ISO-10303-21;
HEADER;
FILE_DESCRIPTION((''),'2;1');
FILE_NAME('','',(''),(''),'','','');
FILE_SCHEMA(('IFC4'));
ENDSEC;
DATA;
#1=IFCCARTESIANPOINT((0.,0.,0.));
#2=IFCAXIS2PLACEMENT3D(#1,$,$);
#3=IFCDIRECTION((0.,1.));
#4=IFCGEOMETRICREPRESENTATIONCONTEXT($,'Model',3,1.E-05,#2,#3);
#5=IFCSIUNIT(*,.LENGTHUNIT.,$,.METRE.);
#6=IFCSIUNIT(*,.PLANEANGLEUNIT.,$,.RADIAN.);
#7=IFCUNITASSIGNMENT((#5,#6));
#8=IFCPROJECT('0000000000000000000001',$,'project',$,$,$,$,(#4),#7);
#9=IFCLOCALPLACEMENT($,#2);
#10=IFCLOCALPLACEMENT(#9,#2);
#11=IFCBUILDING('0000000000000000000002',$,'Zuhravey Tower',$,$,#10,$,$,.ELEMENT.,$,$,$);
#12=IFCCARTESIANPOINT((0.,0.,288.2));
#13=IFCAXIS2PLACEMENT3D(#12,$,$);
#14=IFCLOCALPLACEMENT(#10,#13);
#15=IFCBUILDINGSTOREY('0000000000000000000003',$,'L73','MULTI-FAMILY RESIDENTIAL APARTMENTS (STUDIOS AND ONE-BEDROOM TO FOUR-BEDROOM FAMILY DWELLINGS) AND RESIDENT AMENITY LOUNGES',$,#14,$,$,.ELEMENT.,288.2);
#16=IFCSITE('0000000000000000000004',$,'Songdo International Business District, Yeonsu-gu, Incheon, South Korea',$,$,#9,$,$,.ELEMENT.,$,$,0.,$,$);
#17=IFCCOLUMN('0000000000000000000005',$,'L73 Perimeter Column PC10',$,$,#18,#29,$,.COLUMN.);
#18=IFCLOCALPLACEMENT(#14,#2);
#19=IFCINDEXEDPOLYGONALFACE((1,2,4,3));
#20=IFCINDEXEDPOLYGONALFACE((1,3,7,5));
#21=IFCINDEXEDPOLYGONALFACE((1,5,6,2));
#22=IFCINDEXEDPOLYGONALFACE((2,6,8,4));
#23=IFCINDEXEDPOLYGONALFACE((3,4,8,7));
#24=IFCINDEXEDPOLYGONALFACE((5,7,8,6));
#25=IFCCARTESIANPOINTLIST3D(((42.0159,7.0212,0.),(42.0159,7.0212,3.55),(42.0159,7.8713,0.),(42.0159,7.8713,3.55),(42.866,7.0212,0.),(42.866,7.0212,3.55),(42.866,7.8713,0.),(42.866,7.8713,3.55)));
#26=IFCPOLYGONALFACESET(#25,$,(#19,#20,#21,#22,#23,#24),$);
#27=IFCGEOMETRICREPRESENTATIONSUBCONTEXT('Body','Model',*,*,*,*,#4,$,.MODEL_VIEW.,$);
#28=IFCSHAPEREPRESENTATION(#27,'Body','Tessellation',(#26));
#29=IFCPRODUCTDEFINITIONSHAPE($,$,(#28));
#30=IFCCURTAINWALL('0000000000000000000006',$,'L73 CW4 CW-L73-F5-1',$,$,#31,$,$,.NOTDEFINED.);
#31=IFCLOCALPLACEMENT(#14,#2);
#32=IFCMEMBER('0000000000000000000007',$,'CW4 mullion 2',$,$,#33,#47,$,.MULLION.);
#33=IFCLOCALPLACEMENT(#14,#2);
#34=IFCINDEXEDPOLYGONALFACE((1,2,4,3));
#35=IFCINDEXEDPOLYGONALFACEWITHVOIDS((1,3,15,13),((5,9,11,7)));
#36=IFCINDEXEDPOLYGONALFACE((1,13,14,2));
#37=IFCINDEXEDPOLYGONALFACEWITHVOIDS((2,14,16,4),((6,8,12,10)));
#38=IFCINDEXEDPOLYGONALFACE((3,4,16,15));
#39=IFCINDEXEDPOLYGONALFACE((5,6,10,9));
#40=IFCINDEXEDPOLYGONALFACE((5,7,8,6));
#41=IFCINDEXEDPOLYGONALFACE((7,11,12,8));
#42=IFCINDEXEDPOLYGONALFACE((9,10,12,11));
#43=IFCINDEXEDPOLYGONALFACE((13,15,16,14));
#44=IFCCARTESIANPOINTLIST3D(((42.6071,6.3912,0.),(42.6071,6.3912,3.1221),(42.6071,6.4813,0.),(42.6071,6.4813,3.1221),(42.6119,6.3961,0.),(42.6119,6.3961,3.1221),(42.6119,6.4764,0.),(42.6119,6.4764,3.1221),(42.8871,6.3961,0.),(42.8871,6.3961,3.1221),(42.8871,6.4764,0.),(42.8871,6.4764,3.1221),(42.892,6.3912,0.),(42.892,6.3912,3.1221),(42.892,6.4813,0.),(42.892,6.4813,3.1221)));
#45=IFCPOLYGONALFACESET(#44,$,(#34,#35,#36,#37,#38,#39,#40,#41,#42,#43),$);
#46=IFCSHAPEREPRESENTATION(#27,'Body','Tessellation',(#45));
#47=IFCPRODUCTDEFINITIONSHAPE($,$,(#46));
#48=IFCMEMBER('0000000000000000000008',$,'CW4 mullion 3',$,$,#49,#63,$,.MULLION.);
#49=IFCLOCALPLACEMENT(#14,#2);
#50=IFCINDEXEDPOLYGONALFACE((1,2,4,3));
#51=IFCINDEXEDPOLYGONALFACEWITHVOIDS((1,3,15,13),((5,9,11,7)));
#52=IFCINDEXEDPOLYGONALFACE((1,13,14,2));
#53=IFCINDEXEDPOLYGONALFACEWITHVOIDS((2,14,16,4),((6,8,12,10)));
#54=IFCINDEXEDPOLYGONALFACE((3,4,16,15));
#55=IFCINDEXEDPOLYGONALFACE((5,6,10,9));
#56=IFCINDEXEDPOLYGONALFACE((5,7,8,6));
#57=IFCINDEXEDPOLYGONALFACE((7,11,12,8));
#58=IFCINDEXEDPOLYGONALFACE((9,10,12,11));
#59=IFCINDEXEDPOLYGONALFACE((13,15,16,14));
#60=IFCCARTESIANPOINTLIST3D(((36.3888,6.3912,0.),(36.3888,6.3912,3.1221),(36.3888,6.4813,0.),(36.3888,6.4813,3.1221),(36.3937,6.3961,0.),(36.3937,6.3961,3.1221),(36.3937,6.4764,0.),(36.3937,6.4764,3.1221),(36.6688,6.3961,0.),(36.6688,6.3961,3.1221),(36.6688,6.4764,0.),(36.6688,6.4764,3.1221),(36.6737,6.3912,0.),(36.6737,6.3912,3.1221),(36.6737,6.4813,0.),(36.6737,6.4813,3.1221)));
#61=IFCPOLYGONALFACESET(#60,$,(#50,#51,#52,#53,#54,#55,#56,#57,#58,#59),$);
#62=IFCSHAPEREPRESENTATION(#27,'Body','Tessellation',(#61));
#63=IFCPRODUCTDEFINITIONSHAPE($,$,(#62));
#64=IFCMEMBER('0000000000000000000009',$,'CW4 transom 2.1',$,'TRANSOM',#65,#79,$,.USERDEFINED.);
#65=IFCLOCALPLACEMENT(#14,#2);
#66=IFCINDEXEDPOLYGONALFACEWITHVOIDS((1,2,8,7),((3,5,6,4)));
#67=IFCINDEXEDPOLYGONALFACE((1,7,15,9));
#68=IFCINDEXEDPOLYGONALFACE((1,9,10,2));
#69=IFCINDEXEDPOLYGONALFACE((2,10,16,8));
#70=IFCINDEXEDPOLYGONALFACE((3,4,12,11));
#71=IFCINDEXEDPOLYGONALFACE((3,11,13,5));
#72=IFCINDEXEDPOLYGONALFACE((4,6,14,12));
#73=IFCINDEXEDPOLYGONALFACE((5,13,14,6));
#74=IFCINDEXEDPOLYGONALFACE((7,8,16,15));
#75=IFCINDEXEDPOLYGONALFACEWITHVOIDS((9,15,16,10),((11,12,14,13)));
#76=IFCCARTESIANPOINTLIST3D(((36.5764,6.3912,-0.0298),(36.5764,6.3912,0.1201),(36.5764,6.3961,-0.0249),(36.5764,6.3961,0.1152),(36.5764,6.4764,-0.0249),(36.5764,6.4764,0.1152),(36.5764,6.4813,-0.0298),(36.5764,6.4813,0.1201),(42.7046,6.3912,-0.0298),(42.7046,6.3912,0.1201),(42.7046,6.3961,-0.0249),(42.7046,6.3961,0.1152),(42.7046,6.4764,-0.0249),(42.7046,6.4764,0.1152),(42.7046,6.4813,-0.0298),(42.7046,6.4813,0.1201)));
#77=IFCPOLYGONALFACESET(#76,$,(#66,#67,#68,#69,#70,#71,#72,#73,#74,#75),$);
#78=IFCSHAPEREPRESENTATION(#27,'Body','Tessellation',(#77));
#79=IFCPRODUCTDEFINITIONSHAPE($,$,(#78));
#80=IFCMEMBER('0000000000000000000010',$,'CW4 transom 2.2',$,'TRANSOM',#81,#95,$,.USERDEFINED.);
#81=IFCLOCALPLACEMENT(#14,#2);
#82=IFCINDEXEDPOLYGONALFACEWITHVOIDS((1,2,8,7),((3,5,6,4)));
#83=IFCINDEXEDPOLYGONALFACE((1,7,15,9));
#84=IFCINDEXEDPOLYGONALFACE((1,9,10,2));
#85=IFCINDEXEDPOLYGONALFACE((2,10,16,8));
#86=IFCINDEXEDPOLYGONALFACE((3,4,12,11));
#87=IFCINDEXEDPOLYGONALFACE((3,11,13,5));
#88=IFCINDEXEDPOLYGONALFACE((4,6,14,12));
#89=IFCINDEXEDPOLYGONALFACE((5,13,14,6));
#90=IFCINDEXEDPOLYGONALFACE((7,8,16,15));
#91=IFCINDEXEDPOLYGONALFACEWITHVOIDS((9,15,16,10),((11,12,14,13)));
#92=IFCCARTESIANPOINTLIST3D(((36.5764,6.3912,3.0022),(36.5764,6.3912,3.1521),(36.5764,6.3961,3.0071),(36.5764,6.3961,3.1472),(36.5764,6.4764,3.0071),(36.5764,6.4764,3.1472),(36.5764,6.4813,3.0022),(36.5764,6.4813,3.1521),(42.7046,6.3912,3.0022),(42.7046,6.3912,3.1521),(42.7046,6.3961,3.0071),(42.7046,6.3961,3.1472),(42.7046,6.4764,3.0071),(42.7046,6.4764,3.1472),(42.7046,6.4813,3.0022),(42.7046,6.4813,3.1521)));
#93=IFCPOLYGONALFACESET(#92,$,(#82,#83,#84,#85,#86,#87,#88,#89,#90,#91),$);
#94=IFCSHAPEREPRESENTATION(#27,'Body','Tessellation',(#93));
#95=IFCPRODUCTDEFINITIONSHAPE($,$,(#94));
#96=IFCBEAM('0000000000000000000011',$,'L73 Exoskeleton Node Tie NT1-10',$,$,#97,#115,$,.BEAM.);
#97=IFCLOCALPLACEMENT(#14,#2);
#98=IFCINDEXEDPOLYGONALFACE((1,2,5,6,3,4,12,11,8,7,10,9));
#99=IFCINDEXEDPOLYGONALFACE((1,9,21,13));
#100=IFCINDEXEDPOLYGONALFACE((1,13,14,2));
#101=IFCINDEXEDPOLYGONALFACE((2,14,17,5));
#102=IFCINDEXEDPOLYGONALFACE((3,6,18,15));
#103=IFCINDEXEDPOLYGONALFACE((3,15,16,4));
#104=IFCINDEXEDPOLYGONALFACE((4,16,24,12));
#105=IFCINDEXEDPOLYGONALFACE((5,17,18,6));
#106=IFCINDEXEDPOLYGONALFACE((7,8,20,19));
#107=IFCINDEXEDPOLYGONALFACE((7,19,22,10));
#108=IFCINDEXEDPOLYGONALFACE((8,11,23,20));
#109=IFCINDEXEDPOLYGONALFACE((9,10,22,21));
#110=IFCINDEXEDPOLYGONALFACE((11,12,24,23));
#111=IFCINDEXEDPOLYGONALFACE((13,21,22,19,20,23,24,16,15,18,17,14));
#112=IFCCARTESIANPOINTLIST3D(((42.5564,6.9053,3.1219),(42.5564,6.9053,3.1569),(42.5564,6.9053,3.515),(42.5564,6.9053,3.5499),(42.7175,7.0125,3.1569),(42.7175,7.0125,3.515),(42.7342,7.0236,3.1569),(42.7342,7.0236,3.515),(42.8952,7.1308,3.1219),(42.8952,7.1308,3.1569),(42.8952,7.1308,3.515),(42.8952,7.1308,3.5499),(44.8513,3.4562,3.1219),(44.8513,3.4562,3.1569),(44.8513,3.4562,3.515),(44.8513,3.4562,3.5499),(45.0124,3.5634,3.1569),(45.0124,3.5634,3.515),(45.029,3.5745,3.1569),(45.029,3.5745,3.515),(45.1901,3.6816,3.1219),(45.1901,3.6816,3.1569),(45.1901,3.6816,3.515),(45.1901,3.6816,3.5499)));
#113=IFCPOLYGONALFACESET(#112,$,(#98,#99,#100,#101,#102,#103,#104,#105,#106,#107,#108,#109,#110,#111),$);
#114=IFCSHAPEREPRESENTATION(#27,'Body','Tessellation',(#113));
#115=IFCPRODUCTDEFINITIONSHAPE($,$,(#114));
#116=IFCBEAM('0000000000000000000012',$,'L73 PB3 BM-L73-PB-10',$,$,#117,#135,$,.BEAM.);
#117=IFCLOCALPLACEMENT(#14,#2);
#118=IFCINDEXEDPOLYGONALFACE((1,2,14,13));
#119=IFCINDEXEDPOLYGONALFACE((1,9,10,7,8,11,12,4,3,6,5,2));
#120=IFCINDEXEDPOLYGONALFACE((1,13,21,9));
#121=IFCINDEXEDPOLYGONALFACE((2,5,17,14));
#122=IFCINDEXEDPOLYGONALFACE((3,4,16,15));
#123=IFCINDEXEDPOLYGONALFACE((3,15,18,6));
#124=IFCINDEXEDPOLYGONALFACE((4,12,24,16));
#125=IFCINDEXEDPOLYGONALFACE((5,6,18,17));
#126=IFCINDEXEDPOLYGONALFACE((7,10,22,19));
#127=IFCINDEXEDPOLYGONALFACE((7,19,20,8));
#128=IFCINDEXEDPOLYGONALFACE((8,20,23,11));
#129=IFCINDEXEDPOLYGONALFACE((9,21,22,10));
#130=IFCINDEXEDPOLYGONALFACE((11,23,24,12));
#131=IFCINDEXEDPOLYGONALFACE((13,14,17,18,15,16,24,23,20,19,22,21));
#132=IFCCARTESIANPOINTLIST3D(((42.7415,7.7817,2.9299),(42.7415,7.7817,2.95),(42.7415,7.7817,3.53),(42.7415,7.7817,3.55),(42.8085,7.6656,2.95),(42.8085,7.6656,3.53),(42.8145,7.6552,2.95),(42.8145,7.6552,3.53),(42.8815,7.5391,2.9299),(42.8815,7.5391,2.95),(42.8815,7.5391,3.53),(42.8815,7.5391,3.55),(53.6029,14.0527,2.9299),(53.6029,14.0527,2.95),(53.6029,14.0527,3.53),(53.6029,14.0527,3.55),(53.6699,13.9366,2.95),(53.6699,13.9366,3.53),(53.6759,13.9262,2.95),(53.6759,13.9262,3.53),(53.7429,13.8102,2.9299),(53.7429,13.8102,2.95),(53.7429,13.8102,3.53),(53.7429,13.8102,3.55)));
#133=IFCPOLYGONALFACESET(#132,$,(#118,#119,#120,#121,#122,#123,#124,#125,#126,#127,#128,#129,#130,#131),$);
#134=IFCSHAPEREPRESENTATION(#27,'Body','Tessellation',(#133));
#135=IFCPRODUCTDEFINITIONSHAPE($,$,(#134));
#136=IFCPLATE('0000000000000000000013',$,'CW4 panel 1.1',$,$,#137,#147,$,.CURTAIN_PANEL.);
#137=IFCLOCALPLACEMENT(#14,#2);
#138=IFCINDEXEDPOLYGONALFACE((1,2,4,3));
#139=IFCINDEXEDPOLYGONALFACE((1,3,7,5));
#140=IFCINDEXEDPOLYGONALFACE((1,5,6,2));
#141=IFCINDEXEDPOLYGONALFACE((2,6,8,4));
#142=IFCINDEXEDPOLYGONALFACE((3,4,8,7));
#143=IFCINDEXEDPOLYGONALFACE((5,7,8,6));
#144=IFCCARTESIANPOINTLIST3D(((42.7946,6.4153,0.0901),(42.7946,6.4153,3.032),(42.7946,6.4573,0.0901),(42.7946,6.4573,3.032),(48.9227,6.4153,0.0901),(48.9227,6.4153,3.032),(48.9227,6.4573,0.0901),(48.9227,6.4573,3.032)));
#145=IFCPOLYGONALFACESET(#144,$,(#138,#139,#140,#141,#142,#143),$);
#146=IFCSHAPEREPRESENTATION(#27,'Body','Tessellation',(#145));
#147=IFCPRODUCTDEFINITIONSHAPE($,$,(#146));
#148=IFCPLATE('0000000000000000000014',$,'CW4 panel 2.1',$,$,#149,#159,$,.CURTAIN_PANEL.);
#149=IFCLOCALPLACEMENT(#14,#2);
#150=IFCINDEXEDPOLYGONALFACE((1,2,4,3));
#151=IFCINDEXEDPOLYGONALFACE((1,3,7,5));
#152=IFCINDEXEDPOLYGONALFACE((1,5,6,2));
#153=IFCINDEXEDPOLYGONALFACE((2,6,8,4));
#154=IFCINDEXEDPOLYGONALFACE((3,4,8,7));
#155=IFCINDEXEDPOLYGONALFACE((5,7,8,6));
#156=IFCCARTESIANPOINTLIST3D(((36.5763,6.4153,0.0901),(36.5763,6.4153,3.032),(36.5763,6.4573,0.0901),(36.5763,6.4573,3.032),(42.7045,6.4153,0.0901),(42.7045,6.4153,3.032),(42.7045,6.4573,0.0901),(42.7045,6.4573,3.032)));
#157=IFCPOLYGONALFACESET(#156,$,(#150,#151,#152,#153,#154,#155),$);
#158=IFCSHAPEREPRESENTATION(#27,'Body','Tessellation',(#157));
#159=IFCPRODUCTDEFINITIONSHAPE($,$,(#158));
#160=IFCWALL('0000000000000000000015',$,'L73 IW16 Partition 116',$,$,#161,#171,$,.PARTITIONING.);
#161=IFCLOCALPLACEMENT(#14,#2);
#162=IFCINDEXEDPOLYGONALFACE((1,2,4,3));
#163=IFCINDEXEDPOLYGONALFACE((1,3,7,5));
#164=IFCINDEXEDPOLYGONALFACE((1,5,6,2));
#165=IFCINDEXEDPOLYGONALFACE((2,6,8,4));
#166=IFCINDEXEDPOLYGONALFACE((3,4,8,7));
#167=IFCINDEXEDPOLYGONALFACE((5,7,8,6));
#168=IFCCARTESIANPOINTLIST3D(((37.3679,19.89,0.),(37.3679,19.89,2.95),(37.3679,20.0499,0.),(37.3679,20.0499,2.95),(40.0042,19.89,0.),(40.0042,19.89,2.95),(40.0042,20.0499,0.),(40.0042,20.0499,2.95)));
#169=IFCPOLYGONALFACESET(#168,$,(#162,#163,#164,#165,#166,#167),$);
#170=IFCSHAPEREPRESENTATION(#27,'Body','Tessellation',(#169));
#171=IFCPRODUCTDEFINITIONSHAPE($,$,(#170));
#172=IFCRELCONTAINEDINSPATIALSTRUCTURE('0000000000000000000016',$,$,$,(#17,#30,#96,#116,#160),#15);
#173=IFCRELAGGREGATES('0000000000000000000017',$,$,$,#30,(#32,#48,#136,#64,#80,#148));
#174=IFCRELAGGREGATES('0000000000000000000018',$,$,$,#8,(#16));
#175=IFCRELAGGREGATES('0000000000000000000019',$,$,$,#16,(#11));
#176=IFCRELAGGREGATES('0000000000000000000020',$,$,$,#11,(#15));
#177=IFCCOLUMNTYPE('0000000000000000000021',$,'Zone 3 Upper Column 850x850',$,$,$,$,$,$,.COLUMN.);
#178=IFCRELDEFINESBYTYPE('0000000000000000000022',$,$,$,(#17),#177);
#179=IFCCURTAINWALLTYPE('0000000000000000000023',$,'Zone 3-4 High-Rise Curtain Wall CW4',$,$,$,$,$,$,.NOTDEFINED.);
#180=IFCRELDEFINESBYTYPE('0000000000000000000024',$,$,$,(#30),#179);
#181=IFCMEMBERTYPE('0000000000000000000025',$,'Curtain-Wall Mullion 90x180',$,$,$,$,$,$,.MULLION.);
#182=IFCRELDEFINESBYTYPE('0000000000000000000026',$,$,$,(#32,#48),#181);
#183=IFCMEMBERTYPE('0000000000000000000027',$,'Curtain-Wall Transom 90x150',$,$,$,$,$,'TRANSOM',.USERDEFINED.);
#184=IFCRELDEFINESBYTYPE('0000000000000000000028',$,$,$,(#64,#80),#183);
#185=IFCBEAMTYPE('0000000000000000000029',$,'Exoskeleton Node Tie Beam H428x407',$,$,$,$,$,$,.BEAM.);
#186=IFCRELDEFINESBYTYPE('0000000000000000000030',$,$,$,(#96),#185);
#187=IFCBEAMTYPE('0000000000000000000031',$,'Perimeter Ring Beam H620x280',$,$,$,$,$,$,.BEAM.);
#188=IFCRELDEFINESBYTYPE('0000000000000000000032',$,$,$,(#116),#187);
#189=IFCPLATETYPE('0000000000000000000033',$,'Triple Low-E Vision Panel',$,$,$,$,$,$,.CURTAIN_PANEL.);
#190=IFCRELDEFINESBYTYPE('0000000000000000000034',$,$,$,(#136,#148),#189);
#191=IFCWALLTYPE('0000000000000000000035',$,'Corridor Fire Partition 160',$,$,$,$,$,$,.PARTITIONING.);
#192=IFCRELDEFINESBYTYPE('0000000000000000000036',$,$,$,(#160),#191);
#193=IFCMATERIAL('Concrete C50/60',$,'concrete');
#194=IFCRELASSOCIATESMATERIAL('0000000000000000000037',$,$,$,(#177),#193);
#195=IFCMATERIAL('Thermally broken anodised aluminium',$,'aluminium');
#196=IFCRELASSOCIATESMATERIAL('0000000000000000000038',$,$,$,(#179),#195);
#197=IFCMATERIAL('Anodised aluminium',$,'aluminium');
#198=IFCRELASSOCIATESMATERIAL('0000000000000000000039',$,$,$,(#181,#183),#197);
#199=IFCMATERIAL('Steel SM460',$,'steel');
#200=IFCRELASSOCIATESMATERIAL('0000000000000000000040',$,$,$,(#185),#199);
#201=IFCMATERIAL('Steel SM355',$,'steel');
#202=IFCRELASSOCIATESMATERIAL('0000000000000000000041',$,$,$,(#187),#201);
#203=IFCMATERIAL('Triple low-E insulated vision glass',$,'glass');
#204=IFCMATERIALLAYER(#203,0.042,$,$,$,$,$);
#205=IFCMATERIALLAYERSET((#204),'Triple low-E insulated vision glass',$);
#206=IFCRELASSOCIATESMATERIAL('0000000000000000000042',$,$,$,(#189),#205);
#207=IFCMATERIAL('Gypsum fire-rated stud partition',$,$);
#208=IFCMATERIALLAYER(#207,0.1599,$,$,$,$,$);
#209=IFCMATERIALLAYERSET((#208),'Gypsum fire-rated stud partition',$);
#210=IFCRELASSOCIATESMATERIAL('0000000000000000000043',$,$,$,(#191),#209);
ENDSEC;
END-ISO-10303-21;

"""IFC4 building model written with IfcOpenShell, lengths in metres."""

from ifc_helpers import new_model, si_unit, direction, frame, frame_2d, origin, origin_2d, place, context, subcontext, project, spatial, rectangle, hollow_rectangle, i_section, extrude, material, layer, layer_set, material_profile, profile_set, type_object, element, aggregate, save


model = new_model("IFC4")

# Units and contexts
model_context = context("Model", 3, precision=1e-05, world=origin(), true_north=direction((0.0, 1.0)))
body_context = subcontext(model_context, "Body", "Model", "MODEL_VIEW")
ifc_project = project(units=[si_unit("LENGTHUNIT", "METRE"), si_unit("PLANEANGLEUNIT", "RADIAN")], contexts=[model_context])

# Site, building, storey
site_placement = place(None, origin())
site = spatial("IfcSite", under=ifc_project, at=site_placement, Name="Songdo International Business District, Yeonsu-gu, Incheon, South Korea", CompositionType="ELEMENT", RefElevation=0.0)
building_placement = place(site_placement, origin())
building = spatial("IfcBuilding", under=site, at=building_placement, Name="Zuhravey Tower", CompositionType="ELEMENT")
storey_placement = place(building_placement, frame((0.0, 0.0, 288.2)))
storey = spatial("IfcBuildingStorey", under=building, at=storey_placement, Name="L73", Description="MULTI-FAMILY RESIDENTIAL APARTMENTS (STUDIOS AND ONE-BEDROOM TO FOUR-BEDROOM FAMILY DWELLINGS) AND RESIDENT AMENITY LOUNGES", CompositionType="ELEMENT", Elevation=288.2)

# Column
ifc_material_1 = material(Name="Concrete C50/60", Category="concrete")
ifc_material_profile_1 = material_profile(ifc_material_1, rectangle(XDim=0.8501, YDim=0.8501, at=origin_2d()), Name="RC-850x850")
ifc_profile_set_1 = profile_set([ifc_material_profile_1], Name="Concrete C50/60")
column_type = type_object("IfcColumnType", Name="Zone 3 Upper Column 850x850", PredefinedType="COLUMN", material=ifc_profile_set_1)
column_placement = place(storey_placement, frame((42.4409, 7.4463, 0.0), z_axis=(0.0, 0.0, 1.0), x_axis=(1.0, 0.0, 0.0)))
element("IfcColumn", 1, at=column_placement, inside=storey, type_object=column_type, Name="L73 Perimeter Column PC10", PredefinedType="COLUMN", context=body_context, shape_type="SweptSolid", body=[
    extrude(rectangle(XDim=0.8501, YDim=0.8501, at=origin_2d()), origin(), (0.0, 0.0, 1.0), 3.55),
])

# Curtain wall, members
ifc_material_2 = material(Name="Thermally broken anodised aluminium", Category="aluminium")
curtain_wall_type = type_object("IfcCurtainWallType", Name="Zone 3-4 High-Rise Curtain Wall CW4", PredefinedType="NOTDEFINED", material=ifc_material_2)
curtain_wall_placement = place(storey_placement, origin())
curtain_wall = element("IfcCurtainWall", 2, at=curtain_wall_placement, inside=storey, type_object=curtain_wall_type, Name="L73 CW4 CW-L73-F5-1", PredefinedType="NOTDEFINED")
ifc_material_3 = material(Name="Anodised aluminium", Category="aluminium")
ifc_material_profile_2 = material_profile(ifc_material_3, hollow_rectangle(XDim=0.0901, YDim=0.2849, WallThickness=0.0049, at=origin_2d()), Name="ALU-RHS-90x285x5")
ifc_profile_set_2 = profile_set([ifc_material_profile_2], Name="Anodised aluminium")
member_type_1 = type_object("IfcMemberType", Name="Curtain-Wall Mullion 90x180", PredefinedType="MULLION", material=ifc_profile_set_2)
member_1_placement = place(storey_placement, frame((42.7495, 6.4363, 0.0), z_axis=(0.0, 0.0, 1.0), x_axis=(0.0, -1.0, 0.0)))
member_1 = element("IfcMember", 3, at=member_1_placement, type_object=member_type_1, Name="CW4 mullion 2", PredefinedType="MULLION", context=body_context, shape_type="SweptSolid", body=[
    extrude(hollow_rectangle(XDim=0.0901, YDim=0.2849, WallThickness=0.0049, at=origin_2d()), origin(), (0.0, 0.0, 1.0), 3.1221),
])
member_2_placement = place(storey_placement, frame((36.5312, 6.4363, 0.0), z_axis=(0.0, 0.0, 1.0), x_axis=(0.0, -1.0, 0.0)))
member_2 = element("IfcMember", 4, at=member_2_placement, type_object=member_type_1, Name="CW4 mullion 3", PredefinedType="MULLION", context=body_context, shape_type="SweptSolid", body=[
    extrude(hollow_rectangle(XDim=0.0901, YDim=0.2849, WallThickness=0.0049, at=origin_2d()), origin(), (0.0, 0.0, 1.0), 3.1221),
])
ifc_material_profile_3 = material_profile(ifc_material_3, hollow_rectangle(XDim=0.0901, YDim=0.1499, WallThickness=0.0049, at=origin_2d()), Name="ALU-RHS-90x150x5")
ifc_profile_set_3 = profile_set([ifc_material_profile_3], Name="Anodised aluminium")
member_type_2 = type_object("IfcMemberType", Name="Curtain-Wall Transom 90x150", ElementType="TRANSOM", PredefinedType="USERDEFINED", material=ifc_profile_set_3)
member_3_placement = place(storey_placement, frame((42.7046, 6.4363, 0.0452), z_axis=(-1.0, 0.0, 0.0), x_axis=(0.0, -1.0, 0.0)))
member_3 = element("IfcMember", 5, at=member_3_placement, type_object=member_type_2, Name="CW4 transom 2.1", ObjectType="TRANSOM", PredefinedType="USERDEFINED", context=body_context, shape_type="SweptSolid", body=[
    extrude(hollow_rectangle(XDim=0.0901, YDim=0.1499, WallThickness=0.0049, at=origin_2d()), origin(), (0.0, 0.0, 1.0), 6.1282),
])
member_4_placement = place(storey_placement, frame((42.7046, 6.4363, 3.0771), z_axis=(-1.0, 0.0, 0.0), x_axis=(0.0, -1.0, 0.0)))
member_4 = element("IfcMember", 6, at=member_4_placement, type_object=member_type_2, Name="CW4 transom 2.2", ObjectType="TRANSOM", PredefinedType="USERDEFINED", context=body_context, shape_type="SweptSolid", body=[
    extrude(hollow_rectangle(XDim=0.0901, YDim=0.1499, WallThickness=0.0049, at=origin_2d()), origin(), (0.0, 0.0, 1.0), 6.1282),
])

# Beams
ifc_material_4 = material(Name="Steel SM460", Category="steel")
ifc_material_profile_4 = material_profile(ifc_material_4, i_section(OverallWidth=0.407, OverallDepth=0.428, WebThickness=0.02, FlangeThickness=0.0349, at=origin_2d()), Name="H-428x407x20x35")
ifc_profile_set_4 = profile_set([ifc_material_profile_4], Name="Steel SM460")
beam_type_1 = type_object("IfcBeamType", Name="Exoskeleton Node Tie Beam H428x407", PredefinedType="BEAM", material=ifc_profile_set_4)
beam_1_placement = place(storey_placement, frame((42.7258, 7.0181, 3.3359), z_axis=(0.553938, -0.832558, 0.0), x_axis=(0.832558, 0.553938, 0.0)))
element("IfcBeam", 7, at=beam_1_placement, inside=storey, type_object=beam_type_1, Name="L73 Exoskeleton Node Tie NT1-10", PredefinedType="BEAM", context=body_context, shape_type="SweptSolid", body=[
    extrude(i_section(OverallWidth=0.407, OverallDepth=0.428, WebThickness=0.02, FlangeThickness=0.0349, at=origin_2d()), origin(), (0.0, 0.0, 1.0), 4.1428),
])
ifc_material_5 = material(Name="Steel SM355", Category="steel")
ifc_material_profile_5 = material_profile(ifc_material_5, i_section(OverallWidth=0.28, OverallDepth=0.6201, WebThickness=0.012, FlangeThickness=0.02, at=origin_2d()), Name="H-620x280x12x20")
ifc_profile_set_5 = profile_set([ifc_material_profile_5], Name="Steel SM355")
beam_type_2 = type_object("IfcBeamType", Name="Perimeter Ring Beam H620x280", PredefinedType="BEAM", material=ifc_profile_set_5)
beam_2_placement = place(storey_placement, frame((42.8115, 7.6604, 3.24), z_axis=(0.866018, 0.500012, 0.0), x_axis=(-0.500012, 0.866018, 0.0)))
element("IfcBeam", 8, at=beam_2_placement, inside=storey, type_object=beam_type_2, Name="L73 PB3 BM-L73-PB-10", PredefinedType="BEAM", context=body_context, shape_type="SweptSolid", body=[
    extrude(i_section(OverallWidth=0.28, OverallDepth=0.6201, WebThickness=0.012, FlangeThickness=0.02, at=origin_2d()), origin(), (0.0, 0.0, 1.0), 12.5417),
])

# Plates
ifc_material_6 = material(Name="Triple low-E insulated vision glass", Category="glass")
ifc_layer_1 = layer(ifc_material_6, 0.042)
ifc_layer_set_1 = layer_set([ifc_layer_1], Name="Triple low-E insulated vision glass")
plate_type = type_object("IfcPlateType", Name="Triple Low-E Vision Panel", PredefinedType="CURTAIN_PANEL", material=ifc_layer_set_1)
plate_1_placement = place(storey_placement, frame((45.8586, 6.4363, 0.0901), z_axis=(0.0, 0.0, 1.0), x_axis=(-1.0, 0.0, 0.0)))
plate_1 = element("IfcPlate", 9, at=plate_1_placement, type_object=plate_type, Name="CW4 panel 1.1", PredefinedType="CURTAIN_PANEL", context=body_context, shape_type="SweptSolid", body=[
    extrude(rectangle(XDim=6.1282, YDim=0.042, at=origin_2d()), origin(), (0.0, 0.0, 1.0), 2.9419),
])
plate_2_placement = place(storey_placement, frame((39.6404, 6.4363, 0.0901), z_axis=(0.0, 0.0, 1.0), x_axis=(-1.0, 0.0, 0.0)))
plate_2 = element("IfcPlate", 10, at=plate_2_placement, type_object=plate_type, Name="CW4 panel 2.1", PredefinedType="CURTAIN_PANEL", context=body_context, shape_type="SweptSolid", body=[
    extrude(rectangle(XDim=6.1282, YDim=0.042, at=origin_2d()), origin(), (0.0, 0.0, 1.0), 2.9419),
])
aggregate(curtain_wall, [member_1, member_2, plate_1, member_3, member_4, plate_2])

# Shared definitions
ifc_material_7 = material(Name="Gypsum fire-rated stud partition")
ifc_layer_2 = layer(ifc_material_7, 0.1599)
ifc_layer_set_2 = layer_set([ifc_layer_2], Name="Gypsum fire-rated stud partition")
wall_type_1 = type_object("IfcWallType", Name="Corridor Fire Partition 160", PredefinedType="PARTITIONING", material=ifc_layer_set_2)

# Wall
wall_1_placement = place(storey_placement, frame((37.3679, 19.97, 0.0), z_axis=(0.0, 0.0, 1.0), x_axis=(1.0, 0.0, 0.0)))
element("IfcWall", 11, at=wall_1_placement, inside=storey, type_object=wall_type_1, Name="L73 IW16 Partition 116", PredefinedType="PARTITIONING", context=body_context, shape_type="SweptSolid", body=[
    extrude(rectangle(XDim=2.6362, YDim=0.1599, at=frame_2d((1.3181, 0.0))), origin(), (0.0, 0.0, 1.0), 2.95),
])

save(model, "model.ifc")
